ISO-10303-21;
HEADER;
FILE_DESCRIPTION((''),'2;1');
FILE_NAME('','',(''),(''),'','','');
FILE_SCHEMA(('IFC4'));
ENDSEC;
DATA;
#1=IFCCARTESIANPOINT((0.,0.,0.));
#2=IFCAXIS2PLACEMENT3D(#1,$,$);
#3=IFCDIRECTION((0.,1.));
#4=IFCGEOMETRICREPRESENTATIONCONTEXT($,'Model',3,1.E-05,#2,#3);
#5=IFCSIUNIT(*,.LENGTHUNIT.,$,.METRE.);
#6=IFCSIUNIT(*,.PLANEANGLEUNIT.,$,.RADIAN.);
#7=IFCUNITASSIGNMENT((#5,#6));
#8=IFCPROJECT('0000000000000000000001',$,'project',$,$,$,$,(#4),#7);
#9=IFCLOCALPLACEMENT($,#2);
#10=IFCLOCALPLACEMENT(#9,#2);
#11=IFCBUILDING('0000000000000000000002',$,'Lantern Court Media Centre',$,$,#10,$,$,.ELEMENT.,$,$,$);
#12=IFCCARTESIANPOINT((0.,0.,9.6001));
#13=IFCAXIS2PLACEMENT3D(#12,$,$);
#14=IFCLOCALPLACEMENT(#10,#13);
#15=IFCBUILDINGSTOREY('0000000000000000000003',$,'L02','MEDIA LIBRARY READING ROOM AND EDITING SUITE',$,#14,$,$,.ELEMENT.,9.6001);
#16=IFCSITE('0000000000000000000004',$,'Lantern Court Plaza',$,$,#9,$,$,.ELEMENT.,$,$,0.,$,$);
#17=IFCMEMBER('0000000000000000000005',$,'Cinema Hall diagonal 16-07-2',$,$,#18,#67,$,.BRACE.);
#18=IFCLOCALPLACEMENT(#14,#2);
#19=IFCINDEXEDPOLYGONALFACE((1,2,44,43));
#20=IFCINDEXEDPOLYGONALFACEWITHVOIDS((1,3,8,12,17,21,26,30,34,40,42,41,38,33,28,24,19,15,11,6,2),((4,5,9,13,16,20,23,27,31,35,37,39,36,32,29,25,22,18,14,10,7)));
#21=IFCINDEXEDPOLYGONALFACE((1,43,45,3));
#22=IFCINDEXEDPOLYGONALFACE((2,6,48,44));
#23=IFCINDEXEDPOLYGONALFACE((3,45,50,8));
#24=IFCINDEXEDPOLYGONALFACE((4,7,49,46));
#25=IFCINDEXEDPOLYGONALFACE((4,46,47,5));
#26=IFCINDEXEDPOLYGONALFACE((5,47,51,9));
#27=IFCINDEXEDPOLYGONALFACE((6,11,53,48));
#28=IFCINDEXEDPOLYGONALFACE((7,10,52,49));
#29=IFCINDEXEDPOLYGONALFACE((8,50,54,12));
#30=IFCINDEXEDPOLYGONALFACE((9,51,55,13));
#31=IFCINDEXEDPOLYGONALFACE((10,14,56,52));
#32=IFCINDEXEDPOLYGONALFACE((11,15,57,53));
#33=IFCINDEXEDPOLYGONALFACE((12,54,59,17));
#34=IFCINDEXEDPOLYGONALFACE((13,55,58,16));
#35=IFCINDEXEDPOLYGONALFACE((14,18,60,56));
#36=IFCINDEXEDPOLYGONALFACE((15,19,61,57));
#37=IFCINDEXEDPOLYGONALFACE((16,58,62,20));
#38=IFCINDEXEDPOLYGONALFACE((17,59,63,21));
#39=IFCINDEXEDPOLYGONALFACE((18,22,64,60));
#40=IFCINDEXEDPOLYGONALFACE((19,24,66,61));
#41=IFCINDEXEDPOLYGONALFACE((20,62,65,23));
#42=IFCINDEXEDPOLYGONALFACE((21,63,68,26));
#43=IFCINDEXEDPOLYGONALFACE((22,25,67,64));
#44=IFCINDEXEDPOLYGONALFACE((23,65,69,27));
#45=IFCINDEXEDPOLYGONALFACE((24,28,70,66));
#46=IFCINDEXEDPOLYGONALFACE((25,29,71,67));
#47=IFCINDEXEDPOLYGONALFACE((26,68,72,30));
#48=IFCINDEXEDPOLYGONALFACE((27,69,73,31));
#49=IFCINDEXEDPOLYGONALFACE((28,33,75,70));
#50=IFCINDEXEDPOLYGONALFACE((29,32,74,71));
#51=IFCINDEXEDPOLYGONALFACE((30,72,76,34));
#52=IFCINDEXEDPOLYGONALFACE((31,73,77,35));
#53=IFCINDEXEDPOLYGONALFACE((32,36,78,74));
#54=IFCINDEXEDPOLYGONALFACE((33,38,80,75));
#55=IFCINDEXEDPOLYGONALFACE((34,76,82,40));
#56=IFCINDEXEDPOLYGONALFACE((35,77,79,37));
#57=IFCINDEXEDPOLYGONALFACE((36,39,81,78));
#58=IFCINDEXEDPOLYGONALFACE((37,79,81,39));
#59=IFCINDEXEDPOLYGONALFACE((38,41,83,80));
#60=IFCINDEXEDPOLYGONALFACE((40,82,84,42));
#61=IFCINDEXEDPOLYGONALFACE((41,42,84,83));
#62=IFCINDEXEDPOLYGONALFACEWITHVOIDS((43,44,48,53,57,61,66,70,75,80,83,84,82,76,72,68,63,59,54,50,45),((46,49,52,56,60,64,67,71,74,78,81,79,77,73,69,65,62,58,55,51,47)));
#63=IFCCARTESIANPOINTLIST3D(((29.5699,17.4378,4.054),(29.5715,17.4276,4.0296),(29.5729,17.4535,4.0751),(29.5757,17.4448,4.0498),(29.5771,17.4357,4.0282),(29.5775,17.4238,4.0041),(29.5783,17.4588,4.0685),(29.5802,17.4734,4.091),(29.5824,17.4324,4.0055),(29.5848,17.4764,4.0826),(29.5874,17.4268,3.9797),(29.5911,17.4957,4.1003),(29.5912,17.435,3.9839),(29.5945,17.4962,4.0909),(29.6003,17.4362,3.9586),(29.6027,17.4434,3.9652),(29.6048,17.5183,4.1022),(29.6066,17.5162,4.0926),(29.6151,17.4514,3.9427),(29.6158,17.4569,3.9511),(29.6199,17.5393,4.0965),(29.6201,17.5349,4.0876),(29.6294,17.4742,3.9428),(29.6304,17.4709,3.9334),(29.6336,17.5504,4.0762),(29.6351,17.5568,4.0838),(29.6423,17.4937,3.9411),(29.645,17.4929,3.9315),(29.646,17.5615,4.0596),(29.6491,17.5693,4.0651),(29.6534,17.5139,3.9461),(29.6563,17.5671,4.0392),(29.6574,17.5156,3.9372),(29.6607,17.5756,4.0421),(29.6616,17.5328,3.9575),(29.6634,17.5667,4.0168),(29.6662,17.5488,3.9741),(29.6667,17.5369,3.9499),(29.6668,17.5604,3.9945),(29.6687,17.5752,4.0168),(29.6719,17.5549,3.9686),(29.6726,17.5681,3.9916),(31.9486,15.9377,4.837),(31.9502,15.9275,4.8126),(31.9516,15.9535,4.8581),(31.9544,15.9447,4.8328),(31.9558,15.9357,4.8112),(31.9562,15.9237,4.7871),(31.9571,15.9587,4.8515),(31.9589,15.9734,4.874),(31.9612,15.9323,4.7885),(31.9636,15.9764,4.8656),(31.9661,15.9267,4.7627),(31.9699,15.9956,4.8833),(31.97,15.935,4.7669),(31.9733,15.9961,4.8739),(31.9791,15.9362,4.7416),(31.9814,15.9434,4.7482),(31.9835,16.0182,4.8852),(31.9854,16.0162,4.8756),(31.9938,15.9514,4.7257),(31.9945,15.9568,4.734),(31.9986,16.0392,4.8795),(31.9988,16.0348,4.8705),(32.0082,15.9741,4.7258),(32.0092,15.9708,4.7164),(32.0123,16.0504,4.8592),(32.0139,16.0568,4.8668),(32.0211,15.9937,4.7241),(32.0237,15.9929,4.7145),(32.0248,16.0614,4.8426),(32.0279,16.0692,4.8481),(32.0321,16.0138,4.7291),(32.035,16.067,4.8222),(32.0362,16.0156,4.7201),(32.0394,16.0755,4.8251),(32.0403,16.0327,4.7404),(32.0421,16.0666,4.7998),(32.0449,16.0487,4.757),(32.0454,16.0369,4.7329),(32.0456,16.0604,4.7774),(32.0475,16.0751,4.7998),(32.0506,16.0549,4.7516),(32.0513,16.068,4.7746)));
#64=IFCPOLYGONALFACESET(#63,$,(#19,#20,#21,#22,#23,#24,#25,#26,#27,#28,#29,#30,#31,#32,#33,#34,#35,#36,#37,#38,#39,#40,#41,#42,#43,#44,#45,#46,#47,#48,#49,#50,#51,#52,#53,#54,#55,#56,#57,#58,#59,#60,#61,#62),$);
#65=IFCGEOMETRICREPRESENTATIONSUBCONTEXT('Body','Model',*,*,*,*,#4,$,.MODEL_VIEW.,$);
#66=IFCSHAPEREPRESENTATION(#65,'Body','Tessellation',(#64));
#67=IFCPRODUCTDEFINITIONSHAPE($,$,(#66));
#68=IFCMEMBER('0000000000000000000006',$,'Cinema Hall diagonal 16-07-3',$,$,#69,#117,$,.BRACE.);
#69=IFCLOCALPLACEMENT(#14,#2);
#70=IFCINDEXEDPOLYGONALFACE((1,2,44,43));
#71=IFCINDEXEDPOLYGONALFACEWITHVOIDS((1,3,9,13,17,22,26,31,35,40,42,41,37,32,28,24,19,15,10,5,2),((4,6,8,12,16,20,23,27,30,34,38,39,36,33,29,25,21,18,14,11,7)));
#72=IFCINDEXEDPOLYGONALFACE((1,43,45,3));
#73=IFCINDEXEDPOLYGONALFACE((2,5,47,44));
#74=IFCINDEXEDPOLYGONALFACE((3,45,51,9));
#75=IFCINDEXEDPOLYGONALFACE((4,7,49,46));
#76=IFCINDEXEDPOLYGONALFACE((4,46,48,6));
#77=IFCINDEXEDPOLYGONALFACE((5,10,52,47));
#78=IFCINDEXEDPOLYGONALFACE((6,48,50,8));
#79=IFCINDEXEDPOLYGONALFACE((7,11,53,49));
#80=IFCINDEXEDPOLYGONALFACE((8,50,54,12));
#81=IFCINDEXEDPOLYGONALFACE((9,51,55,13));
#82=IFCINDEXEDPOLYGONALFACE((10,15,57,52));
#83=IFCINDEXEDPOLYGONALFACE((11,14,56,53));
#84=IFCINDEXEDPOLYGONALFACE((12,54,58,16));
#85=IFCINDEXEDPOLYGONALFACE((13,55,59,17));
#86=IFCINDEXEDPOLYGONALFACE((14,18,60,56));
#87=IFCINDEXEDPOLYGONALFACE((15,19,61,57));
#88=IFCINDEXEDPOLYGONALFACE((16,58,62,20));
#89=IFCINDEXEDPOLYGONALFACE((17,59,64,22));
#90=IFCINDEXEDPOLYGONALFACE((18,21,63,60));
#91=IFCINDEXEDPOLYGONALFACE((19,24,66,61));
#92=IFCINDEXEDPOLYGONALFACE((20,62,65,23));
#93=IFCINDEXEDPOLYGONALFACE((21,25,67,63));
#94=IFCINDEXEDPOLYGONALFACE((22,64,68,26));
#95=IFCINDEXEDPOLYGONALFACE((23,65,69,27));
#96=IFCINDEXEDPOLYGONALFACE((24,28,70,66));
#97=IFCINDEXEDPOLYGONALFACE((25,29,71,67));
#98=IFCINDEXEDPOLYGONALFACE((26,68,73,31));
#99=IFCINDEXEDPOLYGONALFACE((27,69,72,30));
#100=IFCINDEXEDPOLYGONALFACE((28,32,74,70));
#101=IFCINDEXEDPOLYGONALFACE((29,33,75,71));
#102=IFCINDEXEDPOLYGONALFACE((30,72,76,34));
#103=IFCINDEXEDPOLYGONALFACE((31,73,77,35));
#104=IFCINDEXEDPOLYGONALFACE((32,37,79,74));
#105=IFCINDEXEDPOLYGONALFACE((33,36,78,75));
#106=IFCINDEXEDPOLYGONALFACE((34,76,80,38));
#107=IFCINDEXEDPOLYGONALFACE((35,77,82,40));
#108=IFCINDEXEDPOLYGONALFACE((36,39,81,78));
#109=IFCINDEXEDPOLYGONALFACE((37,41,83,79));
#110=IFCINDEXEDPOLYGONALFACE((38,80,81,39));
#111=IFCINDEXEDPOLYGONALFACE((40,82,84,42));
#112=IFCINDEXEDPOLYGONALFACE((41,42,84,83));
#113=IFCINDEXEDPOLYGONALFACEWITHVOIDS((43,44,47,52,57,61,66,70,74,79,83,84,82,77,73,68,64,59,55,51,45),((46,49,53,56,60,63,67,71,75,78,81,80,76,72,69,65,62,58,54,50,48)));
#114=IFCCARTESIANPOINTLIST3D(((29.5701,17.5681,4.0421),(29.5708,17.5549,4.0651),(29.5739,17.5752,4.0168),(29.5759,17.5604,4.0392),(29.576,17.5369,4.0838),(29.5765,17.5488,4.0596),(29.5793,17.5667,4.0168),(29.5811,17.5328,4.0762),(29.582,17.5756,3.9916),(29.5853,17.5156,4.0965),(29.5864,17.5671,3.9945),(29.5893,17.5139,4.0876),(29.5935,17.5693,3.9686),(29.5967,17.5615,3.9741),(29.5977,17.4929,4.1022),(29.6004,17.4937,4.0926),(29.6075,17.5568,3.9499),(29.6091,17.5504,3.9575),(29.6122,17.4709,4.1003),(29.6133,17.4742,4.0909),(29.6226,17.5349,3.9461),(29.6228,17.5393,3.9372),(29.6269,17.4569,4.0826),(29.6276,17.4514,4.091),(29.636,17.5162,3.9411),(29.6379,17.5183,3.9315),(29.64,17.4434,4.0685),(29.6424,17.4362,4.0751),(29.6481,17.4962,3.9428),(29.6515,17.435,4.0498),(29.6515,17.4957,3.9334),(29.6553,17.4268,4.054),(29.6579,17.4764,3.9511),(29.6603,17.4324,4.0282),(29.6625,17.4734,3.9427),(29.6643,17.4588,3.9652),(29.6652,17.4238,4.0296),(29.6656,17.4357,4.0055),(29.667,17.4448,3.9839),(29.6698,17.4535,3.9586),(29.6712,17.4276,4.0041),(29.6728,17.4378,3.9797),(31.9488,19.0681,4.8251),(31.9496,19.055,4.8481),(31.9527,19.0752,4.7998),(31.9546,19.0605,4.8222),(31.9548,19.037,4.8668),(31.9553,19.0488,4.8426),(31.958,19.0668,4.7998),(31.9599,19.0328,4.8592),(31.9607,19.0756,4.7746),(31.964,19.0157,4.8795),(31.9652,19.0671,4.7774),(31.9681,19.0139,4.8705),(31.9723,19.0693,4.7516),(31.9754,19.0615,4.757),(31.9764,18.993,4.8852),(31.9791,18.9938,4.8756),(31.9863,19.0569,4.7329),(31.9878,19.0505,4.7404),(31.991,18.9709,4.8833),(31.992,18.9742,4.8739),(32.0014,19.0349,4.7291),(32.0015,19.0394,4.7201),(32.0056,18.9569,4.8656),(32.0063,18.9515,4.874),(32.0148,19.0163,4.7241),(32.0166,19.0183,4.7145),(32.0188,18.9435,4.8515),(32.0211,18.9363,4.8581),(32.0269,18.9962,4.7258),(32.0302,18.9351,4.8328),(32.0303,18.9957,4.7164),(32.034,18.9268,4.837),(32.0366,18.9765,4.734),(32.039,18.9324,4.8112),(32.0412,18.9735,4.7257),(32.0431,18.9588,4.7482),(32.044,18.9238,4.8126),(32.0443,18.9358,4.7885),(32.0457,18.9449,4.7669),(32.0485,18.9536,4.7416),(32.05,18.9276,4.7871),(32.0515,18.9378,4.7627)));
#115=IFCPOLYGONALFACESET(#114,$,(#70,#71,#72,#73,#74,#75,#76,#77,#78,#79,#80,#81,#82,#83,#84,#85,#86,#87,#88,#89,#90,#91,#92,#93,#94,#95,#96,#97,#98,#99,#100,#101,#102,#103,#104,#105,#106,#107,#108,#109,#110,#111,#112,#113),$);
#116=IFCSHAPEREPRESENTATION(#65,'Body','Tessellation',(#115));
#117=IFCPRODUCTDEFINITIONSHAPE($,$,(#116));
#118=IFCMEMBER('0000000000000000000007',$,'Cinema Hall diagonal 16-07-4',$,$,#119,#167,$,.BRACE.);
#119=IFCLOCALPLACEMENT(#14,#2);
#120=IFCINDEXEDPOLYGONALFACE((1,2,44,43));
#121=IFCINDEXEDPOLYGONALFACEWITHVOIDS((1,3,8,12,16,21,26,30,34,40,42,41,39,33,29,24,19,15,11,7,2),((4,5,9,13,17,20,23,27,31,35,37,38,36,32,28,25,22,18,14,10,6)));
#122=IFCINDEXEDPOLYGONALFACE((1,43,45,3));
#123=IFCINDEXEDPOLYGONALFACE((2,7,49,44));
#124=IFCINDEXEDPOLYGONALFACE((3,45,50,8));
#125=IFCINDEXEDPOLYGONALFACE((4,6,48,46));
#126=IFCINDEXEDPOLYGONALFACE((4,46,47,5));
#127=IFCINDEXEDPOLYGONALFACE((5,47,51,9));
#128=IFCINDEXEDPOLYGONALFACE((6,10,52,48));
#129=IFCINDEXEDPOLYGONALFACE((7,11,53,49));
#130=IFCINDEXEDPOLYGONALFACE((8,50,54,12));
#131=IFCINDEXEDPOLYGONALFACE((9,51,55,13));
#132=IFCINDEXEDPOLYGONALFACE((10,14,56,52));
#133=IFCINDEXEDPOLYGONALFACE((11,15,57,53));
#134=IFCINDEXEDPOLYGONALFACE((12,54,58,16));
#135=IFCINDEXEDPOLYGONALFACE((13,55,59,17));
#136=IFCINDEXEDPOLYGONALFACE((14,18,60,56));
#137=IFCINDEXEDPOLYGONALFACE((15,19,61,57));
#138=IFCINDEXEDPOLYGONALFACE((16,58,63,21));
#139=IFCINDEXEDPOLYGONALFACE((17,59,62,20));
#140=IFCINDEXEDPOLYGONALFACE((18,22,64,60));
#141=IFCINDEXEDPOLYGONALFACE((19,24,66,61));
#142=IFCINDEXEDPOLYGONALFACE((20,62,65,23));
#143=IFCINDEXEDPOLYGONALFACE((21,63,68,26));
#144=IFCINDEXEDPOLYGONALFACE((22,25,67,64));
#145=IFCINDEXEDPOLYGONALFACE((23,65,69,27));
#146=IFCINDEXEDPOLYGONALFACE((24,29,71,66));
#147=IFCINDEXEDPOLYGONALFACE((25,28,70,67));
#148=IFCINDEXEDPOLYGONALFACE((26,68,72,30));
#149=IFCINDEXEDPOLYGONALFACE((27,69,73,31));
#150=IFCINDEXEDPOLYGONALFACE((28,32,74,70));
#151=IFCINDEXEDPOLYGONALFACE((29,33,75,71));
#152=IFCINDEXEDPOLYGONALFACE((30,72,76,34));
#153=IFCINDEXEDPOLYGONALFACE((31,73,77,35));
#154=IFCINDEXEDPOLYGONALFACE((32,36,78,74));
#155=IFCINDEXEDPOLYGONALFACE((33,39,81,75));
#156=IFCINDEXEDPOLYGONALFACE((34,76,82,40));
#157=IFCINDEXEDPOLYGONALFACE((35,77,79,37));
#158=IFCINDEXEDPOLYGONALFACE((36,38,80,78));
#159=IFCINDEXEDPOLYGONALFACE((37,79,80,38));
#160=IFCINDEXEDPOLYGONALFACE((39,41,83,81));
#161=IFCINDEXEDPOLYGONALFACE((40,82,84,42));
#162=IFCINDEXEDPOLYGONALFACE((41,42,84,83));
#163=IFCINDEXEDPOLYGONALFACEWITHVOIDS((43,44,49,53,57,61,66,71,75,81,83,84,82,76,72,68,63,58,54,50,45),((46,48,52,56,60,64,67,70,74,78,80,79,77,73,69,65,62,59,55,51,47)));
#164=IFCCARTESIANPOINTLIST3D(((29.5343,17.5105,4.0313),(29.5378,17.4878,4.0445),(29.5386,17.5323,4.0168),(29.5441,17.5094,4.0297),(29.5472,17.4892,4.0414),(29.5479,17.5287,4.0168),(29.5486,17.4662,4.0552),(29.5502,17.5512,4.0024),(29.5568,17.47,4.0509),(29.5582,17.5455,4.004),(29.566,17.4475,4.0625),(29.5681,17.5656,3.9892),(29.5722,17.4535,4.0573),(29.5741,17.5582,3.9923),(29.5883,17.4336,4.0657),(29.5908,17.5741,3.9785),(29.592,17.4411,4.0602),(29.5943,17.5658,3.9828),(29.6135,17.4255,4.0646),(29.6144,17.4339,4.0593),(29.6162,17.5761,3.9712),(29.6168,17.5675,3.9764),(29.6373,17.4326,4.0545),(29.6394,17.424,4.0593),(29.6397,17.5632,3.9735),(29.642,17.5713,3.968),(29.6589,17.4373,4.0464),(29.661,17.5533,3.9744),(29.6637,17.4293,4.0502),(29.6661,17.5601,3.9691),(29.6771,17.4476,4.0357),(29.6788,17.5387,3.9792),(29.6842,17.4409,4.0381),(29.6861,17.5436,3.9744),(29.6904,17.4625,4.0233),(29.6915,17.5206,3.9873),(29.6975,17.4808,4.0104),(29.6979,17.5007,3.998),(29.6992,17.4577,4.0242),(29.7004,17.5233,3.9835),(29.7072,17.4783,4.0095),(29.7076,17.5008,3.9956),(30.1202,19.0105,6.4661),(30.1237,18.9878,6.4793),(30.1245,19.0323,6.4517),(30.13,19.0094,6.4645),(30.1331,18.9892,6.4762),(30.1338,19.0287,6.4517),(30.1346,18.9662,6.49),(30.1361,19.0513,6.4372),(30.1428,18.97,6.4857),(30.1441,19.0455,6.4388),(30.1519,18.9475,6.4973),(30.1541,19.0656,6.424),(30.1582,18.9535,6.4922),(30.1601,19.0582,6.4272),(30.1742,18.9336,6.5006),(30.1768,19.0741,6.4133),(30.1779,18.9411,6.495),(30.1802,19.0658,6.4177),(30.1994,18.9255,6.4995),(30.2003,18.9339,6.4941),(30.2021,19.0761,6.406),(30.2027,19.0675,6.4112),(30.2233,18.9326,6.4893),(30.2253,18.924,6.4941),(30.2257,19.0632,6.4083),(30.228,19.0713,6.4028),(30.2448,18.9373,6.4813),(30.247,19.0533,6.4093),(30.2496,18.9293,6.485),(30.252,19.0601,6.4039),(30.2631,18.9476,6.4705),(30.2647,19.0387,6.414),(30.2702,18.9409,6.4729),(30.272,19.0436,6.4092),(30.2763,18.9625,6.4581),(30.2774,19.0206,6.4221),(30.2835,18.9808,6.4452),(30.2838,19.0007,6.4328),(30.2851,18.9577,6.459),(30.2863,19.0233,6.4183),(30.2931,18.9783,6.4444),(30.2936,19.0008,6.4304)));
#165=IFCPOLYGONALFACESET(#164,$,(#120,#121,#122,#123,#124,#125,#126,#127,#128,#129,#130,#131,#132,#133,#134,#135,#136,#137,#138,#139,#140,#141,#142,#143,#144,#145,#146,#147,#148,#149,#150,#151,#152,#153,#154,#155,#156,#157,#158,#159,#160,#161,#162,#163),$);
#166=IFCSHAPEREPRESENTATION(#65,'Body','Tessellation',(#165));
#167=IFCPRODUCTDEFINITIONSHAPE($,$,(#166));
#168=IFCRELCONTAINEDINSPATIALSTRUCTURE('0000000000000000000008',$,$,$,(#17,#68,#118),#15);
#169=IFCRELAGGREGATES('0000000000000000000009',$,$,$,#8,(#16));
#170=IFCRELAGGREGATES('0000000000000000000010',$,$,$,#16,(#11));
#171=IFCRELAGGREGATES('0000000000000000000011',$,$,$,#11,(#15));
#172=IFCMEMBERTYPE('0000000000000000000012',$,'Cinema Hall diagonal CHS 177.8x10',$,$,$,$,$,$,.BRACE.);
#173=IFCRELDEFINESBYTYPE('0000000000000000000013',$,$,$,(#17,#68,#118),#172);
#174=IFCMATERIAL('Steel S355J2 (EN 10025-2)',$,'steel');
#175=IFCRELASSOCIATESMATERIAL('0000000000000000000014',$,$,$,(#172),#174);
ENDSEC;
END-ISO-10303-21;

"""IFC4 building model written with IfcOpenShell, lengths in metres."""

from ifc_helpers import new_model, si_unit, direction, frame, origin, origin_2d, place, context, subcontext, project, spatial, hollow_circle, extrude, material, material_profile, profile_set, type_object, element, save


model = new_model("IFC4")

# Units and contexts
model_context = context("Model", 3, precision=1e-05, world=origin(), true_north=direction((0.0, 1.0)))
body_context = subcontext(model_context, "Body", "Model", "MODEL_VIEW")
ifc_project = project(units=[si_unit("LENGTHUNIT", "METRE"), si_unit("PLANEANGLEUNIT", "RADIAN")], contexts=[model_context])

# Site, building, storey
site_placement = place(None, origin())
site = spatial("IfcSite", under=ifc_project, at=site_placement, Name="Lantern Court Plaza", CompositionType="ELEMENT", RefElevation=0.0)
building_placement = place(site_placement, origin())
building = spatial("IfcBuilding", under=site, at=building_placement, Name="Lantern Court Media Centre", CompositionType="ELEMENT")
storey_placement = place(building_placement, frame((0.0, 0.0, 9.6001)))
storey = spatial("IfcBuildingStorey", under=building, at=storey_placement, Name="L02", Description="MEDIA LIBRARY READING ROOM AND EDITING SUITE", CompositionType="ELEMENT", Elevation=9.6001)

# Members
ifc_material_1 = material(Name="Steel S355J2 (EN 10025-2)", Category="steel")
ifc_material_profile_1 = material_profile(ifc_material_1, hollow_circle(Radius=0.0889, WallThickness=0.01, at=origin_2d()), Name="Cinema Hall diagonal CHS 177.8x10")
ifc_profile_set_1 = profile_set([ifc_material_profile_1], Name="Steel S355J2 (EN 10025-2)")
member_type_1 = type_object("IfcMemberType", Name="Cinema Hall diagonal CHS 177.8x10", PredefinedType="BRACE", material=ifc_profile_set_1)
for number, where, z_axis, x_axis, name in (
    (1, (29.6213, 17.5, 4.0168), (0.814866, -0.51386, 0.268221), (0.533405, 0.84586, 0.0), "Cinema Hall diagonal 16-07-2"),
    (2, (29.6213, 17.5, 4.0168), (0.814866, 0.51386, 0.268221), (-0.533405, 0.84586, 0.0), "Cinema Hall diagonal 16-07-3"),
    (3, (29.6213, 17.5, 4.0168), (0.20072, 0.513842, 0.834073), (-0.931457, 0.363851, 0.0), "Cinema Hall diagonal 16-07-4"),
):
    element("IfcMember", number, at=place(storey_placement, frame(where, z_axis=z_axis, x_axis=x_axis)), inside=storey, type_object=member_type_1, Name=name, PredefinedType="BRACE", context=body_context, shape_type="SweptSolid", body=[
        extrude(hollow_circle(Radius=0.0889, WallThickness=0.01, at=origin_2d()), origin(), (0.0, 0.0, 1.0), 2.9192),
    ])

save(model, "model.ifc")
